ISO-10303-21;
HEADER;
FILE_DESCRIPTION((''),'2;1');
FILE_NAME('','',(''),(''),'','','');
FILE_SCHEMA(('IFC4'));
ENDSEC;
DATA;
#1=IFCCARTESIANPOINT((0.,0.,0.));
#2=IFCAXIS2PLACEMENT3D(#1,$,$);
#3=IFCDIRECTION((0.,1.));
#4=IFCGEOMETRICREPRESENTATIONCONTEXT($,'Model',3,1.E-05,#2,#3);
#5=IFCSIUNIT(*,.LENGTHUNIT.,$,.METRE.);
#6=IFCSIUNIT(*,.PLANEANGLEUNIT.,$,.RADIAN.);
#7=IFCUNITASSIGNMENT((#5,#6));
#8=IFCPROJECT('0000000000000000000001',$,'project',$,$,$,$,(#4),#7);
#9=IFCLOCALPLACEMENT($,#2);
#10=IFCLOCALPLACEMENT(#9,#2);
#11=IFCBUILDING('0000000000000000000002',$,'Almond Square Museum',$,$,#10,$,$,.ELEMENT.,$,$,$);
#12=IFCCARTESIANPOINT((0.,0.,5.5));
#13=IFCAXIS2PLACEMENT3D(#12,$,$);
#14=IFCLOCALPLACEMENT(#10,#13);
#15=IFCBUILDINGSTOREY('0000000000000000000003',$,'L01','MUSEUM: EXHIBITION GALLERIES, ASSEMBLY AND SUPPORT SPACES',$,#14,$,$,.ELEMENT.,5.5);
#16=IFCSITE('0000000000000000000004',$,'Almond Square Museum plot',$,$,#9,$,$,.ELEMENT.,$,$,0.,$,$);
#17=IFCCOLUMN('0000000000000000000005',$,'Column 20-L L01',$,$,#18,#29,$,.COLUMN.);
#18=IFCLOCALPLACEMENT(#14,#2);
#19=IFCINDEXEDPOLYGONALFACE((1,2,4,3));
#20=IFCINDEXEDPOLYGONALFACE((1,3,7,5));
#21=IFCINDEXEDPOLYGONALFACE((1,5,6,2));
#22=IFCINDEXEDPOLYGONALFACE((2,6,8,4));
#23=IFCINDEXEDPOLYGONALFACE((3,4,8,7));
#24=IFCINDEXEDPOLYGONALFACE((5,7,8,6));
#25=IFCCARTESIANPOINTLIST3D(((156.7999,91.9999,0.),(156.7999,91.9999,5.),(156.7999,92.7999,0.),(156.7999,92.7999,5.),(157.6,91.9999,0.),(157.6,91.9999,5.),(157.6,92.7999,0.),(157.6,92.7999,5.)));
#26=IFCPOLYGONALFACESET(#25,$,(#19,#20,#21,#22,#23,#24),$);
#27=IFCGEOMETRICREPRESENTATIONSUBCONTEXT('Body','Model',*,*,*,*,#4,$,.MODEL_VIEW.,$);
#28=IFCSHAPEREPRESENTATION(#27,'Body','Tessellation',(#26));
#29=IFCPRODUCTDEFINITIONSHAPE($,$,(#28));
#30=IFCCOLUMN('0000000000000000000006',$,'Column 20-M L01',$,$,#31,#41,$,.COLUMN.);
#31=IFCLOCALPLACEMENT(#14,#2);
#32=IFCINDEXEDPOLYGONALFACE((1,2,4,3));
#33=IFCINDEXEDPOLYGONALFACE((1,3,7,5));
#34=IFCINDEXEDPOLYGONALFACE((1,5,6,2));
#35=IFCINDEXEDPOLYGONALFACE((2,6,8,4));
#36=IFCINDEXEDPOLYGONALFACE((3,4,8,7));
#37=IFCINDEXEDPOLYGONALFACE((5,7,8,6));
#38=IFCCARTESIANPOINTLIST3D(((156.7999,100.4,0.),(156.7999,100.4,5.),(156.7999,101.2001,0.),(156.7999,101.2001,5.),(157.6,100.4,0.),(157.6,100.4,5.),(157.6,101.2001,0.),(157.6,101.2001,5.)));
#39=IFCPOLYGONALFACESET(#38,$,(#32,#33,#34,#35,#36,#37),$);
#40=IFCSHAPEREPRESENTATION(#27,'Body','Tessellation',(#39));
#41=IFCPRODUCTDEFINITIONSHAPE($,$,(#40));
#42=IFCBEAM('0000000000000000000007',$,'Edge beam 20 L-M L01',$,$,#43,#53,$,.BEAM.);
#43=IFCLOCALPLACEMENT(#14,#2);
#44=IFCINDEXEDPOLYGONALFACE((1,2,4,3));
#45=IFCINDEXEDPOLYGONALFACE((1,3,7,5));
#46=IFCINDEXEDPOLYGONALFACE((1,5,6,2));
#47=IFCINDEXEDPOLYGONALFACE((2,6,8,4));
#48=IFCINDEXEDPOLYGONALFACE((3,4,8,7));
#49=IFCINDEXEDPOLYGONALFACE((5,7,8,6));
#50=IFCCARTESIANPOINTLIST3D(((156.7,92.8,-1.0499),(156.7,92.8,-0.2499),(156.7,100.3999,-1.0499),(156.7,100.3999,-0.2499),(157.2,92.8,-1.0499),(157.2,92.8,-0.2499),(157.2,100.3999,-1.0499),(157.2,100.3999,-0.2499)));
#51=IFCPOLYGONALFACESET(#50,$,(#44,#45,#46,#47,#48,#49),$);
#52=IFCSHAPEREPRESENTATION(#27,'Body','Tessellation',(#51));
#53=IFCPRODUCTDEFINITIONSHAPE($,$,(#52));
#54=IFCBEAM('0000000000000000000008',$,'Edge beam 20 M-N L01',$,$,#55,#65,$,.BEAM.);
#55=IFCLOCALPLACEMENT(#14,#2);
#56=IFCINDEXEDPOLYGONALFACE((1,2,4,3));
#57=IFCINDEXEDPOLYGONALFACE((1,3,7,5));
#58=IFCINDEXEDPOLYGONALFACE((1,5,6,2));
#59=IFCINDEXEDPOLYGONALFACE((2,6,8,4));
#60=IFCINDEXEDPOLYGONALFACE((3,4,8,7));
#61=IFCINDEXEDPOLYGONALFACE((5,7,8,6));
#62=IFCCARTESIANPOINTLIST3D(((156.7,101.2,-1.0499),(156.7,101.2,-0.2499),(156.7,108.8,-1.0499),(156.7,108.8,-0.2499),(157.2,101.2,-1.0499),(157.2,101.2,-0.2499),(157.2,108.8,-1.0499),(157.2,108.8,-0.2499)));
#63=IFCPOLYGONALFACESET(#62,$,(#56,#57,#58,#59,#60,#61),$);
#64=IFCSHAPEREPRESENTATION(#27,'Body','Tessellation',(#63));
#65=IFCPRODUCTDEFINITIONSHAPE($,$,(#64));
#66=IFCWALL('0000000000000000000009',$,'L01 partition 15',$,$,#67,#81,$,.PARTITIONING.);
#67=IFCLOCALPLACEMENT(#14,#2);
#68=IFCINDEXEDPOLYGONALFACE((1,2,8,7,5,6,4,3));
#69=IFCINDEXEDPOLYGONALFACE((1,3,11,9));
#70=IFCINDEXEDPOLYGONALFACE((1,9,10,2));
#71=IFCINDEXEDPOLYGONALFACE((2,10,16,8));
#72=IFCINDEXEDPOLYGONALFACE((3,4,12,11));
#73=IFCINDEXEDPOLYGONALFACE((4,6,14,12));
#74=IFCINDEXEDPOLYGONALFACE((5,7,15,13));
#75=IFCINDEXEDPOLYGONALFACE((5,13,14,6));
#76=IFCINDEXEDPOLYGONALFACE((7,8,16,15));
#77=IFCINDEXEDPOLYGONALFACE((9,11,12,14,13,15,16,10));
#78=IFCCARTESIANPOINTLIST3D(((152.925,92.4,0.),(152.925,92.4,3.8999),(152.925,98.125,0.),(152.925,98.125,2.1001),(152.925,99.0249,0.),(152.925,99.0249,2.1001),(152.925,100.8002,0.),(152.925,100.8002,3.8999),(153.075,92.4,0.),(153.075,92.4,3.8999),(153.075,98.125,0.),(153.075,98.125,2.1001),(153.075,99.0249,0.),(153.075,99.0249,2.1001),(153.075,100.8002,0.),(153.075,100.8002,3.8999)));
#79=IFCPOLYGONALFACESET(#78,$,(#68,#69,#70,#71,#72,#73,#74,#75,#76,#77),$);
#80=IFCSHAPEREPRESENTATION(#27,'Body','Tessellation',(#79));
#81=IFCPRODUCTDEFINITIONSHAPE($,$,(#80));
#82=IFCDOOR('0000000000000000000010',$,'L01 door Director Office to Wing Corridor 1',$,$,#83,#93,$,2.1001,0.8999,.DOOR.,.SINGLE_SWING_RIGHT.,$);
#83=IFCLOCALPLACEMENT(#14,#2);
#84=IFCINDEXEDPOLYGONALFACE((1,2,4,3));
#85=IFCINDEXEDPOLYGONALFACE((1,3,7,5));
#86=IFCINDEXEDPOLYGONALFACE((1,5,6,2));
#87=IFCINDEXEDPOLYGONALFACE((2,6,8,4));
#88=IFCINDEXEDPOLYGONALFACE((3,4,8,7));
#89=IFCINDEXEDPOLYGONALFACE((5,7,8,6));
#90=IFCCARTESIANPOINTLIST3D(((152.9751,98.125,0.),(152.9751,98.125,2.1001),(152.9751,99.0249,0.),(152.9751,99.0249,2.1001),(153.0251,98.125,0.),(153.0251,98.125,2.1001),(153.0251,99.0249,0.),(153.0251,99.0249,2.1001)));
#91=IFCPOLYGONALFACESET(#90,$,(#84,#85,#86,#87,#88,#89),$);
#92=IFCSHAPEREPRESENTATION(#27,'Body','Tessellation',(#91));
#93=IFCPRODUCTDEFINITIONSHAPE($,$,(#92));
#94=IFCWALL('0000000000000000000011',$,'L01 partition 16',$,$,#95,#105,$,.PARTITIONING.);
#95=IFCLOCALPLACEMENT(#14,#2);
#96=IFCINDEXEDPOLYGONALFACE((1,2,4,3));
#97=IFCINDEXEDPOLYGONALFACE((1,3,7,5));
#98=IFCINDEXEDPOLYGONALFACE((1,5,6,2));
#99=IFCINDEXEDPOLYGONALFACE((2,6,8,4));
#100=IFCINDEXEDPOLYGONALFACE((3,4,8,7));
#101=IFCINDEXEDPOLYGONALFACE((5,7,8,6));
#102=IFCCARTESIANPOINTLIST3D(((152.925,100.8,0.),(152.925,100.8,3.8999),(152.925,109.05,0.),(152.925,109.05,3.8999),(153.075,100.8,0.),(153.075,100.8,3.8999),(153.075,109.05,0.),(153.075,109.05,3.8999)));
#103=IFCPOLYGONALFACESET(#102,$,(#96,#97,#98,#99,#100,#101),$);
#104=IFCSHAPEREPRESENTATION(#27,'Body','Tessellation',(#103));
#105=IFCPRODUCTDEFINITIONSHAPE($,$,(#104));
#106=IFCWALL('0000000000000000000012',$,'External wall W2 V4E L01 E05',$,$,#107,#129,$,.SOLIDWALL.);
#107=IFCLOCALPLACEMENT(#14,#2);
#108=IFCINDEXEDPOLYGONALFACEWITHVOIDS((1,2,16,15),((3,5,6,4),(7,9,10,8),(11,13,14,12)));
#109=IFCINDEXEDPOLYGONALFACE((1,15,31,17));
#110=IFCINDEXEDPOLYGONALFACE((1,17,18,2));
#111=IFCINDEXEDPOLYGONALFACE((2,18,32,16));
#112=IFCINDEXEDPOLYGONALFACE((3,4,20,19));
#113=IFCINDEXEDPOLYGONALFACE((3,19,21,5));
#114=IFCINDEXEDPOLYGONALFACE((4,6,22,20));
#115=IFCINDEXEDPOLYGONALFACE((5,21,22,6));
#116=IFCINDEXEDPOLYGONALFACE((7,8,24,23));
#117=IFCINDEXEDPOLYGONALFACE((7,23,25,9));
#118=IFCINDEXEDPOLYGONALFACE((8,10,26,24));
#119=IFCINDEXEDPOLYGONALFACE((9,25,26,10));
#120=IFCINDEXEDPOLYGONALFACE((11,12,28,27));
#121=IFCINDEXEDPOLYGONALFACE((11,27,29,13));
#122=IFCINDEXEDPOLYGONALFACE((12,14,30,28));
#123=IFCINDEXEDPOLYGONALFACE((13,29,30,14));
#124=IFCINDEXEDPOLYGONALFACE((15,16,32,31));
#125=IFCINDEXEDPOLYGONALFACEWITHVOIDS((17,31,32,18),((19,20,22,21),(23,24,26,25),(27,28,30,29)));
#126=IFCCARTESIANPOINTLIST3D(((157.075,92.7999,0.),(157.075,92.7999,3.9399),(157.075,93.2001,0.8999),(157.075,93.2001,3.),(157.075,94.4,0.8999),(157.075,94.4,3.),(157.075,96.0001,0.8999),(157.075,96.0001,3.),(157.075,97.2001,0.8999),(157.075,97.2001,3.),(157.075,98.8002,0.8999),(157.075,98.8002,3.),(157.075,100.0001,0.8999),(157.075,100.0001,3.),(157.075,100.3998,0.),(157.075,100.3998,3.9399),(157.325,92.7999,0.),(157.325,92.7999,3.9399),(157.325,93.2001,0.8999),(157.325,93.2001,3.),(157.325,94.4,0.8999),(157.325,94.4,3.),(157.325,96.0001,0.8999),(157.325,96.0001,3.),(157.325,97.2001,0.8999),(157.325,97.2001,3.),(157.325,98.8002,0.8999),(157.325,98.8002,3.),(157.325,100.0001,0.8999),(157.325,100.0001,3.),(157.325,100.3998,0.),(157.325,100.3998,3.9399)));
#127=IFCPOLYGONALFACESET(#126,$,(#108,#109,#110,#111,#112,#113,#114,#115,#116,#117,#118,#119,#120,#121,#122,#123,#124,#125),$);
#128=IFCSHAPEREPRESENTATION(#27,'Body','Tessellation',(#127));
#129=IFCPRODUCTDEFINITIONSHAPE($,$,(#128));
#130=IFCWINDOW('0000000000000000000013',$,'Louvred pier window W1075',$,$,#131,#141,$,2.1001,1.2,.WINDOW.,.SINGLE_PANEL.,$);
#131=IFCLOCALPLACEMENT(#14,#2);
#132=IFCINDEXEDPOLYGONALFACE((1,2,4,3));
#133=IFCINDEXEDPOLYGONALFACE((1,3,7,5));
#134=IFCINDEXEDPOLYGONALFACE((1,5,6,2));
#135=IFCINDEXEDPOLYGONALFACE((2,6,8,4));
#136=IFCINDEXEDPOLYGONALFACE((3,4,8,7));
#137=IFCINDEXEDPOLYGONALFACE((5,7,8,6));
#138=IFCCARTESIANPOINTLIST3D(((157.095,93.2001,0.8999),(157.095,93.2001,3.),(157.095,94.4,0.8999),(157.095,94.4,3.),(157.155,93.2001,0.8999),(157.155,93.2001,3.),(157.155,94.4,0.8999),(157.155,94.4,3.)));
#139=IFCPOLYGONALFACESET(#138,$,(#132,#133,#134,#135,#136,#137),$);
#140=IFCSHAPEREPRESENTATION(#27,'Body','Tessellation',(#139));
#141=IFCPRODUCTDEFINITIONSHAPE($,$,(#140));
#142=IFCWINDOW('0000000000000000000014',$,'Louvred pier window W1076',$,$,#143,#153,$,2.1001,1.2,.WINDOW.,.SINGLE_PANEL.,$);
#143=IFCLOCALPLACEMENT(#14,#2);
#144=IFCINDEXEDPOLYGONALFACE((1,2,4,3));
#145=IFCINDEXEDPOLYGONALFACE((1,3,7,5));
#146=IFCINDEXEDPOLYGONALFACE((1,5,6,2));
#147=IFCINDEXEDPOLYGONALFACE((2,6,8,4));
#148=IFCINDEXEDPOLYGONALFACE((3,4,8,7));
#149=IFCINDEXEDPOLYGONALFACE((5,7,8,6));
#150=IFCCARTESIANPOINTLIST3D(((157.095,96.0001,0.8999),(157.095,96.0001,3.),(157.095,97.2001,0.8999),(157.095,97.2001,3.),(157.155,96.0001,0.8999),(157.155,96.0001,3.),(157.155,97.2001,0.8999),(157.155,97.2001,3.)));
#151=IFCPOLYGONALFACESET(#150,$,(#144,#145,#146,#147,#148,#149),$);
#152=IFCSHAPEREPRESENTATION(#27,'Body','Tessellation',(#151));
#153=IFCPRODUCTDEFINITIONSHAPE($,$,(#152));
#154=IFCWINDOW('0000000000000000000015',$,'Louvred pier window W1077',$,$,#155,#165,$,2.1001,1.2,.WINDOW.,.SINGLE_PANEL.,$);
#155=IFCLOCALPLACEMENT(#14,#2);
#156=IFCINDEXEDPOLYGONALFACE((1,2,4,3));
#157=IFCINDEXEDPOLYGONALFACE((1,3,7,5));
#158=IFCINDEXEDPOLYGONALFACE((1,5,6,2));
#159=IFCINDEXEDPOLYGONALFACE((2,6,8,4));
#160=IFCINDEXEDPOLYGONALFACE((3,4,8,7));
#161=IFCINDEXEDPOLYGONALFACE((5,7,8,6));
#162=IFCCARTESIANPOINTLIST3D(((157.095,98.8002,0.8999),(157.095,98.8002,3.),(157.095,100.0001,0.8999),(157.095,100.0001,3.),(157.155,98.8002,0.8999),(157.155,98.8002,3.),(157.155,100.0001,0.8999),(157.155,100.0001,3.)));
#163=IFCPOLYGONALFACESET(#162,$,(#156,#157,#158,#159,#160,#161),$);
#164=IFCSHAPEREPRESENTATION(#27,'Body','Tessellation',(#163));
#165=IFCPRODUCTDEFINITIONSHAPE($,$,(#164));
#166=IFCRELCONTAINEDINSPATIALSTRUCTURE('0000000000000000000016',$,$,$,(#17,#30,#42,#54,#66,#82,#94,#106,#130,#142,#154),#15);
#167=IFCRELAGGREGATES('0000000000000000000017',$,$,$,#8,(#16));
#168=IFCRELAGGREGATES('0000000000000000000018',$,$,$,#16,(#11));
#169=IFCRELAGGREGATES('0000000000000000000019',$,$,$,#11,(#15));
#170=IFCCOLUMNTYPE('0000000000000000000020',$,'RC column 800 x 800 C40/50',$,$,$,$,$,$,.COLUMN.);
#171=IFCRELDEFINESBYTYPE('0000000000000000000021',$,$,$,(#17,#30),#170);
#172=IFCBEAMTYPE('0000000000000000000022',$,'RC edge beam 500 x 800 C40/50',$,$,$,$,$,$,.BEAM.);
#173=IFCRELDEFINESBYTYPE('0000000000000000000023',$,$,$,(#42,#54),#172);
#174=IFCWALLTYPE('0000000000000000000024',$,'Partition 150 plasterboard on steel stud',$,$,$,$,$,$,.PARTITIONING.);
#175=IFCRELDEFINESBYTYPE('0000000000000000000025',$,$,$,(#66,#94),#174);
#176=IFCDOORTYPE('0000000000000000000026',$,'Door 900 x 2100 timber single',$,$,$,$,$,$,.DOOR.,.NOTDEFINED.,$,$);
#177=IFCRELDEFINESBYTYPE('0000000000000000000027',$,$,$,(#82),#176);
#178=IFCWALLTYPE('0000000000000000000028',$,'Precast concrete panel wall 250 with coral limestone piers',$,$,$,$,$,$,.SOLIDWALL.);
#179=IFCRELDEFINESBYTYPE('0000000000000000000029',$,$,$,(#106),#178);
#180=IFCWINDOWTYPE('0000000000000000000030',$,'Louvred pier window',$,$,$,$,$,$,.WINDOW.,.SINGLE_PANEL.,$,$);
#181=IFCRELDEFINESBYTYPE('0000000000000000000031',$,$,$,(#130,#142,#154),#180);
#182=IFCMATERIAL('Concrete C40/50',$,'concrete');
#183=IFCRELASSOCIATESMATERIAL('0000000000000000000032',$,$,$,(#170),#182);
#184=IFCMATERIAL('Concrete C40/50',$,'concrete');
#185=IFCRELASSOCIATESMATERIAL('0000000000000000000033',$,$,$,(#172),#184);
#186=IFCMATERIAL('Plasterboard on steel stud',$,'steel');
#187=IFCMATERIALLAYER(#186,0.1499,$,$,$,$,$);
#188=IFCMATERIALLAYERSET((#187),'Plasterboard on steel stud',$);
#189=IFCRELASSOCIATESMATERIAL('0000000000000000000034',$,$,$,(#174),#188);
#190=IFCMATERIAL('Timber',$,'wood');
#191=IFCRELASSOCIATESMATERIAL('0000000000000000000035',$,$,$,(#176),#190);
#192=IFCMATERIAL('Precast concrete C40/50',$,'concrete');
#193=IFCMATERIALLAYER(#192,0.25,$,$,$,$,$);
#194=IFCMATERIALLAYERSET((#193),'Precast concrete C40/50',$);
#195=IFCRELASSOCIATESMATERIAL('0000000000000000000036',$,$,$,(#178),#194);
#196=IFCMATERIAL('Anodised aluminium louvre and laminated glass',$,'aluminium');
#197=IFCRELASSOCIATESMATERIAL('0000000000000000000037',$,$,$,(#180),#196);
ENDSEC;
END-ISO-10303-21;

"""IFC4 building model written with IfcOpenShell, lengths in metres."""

from ifc_helpers import new_model, si_unit, direction, frame, frame_2d, origin, origin_2d, place, context, subcontext, project, spatial, rectangle, extrude, material, layer, layer_set, material_profile, profile_set, type_object, element, fill, save


model = new_model("IFC4")

# Units and contexts
model_context = context("Model", 3, precision=1e-05, world=origin(), true_north=direction((0.0, 1.0)))
body_context = subcontext(model_context, "Body", "Model", "MODEL_VIEW")
ifc_project = project(units=[si_unit("LENGTHUNIT", "METRE"), si_unit("PLANEANGLEUNIT", "RADIAN")], contexts=[model_context])

# Site, building, storey
site_placement = place(None, origin())
site = spatial("IfcSite", under=ifc_project, at=site_placement, Name="Almond Square Museum plot", CompositionType="ELEMENT", RefElevation=0.0)
building_placement = place(site_placement, origin())
building = spatial("IfcBuilding", under=site, at=building_placement, Name="Almond Square Museum", CompositionType="ELEMENT")
storey_placement = place(building_placement, frame((0.0, 0.0, 5.5)))
storey = spatial("IfcBuildingStorey", under=building, at=storey_placement, Name="L01", Description="MUSEUM: EXHIBITION GALLERIES, ASSEMBLY AND SUPPORT SPACES", CompositionType="ELEMENT", Elevation=5.5)

# Columns
ifc_material_1 = material(Name="Concrete C40/50", Category="concrete")
ifc_material_profile_1 = material_profile(ifc_material_1, rectangle(XDim=0.8, YDim=0.8, at=origin_2d()))
ifc_profile_set_1 = profile_set([ifc_material_profile_1], Name="Concrete C40/50")
column_type = type_object("IfcColumnType", Name="RC column 800 x 800 C40/50", PredefinedType="COLUMN", material=ifc_profile_set_1)
for number, where, z_axis, x_axis, name in (
    (1, (157.2, 92.3999, 0.0), (0.0, 0.0, 1.0), (1.0, 0.0, 0.0), "Column 20-L L01"),
    (2, (157.2, 100.8, 0.0), (0.0, 0.0, 1.0), (1.0, 0.0, 0.0), "Column 20-M L01"),
):
    element("IfcColumn", number, at=place(storey_placement, frame(where, z_axis=z_axis, x_axis=x_axis)), inside=storey, type_object=column_type, Name=name, PredefinedType="COLUMN", context=body_context, shape_type="SweptSolid", body=[
        extrude(rectangle(XDim=0.8, YDim=0.8, at=origin_2d()), origin(), (0.0, 0.0, 1.0), 5.0),
    ])

# Beams
ifc_material_2 = material(Name="Concrete C40/50", Category="concrete")
ifc_material_profile_2 = material_profile(ifc_material_2, rectangle(XDim=0.5, YDim=0.8, at=origin_2d()))
ifc_profile_set_2 = profile_set([ifc_material_profile_2], Name="Concrete C40/50")
beam_type = type_object("IfcBeamType", Name="RC edge beam 500 x 800 C40/50", PredefinedType="BEAM", material=ifc_profile_set_2)
beam_1_placement = place(storey_placement, frame((156.95, 92.8, -0.6499), z_axis=(0.0, 1.0, 0.0), x_axis=(-1.0, 0.0, 0.0)))
element("IfcBeam", 3, at=beam_1_placement, inside=storey, type_object=beam_type, Name="Edge beam 20 L-M L01", PredefinedType="BEAM", context=body_context, shape_type="SweptSolid", body=[
    extrude(rectangle(XDim=0.5, YDim=0.8, at=origin_2d()), origin(), (0.0, 0.0, 1.0), 7.5999),
])
beam_2_placement = place(storey_placement, frame((156.95, 101.2, -0.6499), z_axis=(0.0, 1.0, 0.0), x_axis=(-1.0, 0.0, 0.0)))
element("IfcBeam", 4, at=beam_2_placement, inside=storey, type_object=beam_type, Name="Edge beam 20 M-N L01", PredefinedType="BEAM", context=body_context, shape_type="SweptSolid", body=[
    extrude(rectangle(XDim=0.5, YDim=0.8, at=origin_2d()), origin(), (0.0, 0.0, 1.0), 7.6001),
])

# Wall, opening, door
ifc_material_3 = material(Name="Plasterboard on steel stud", Category="steel")
ifc_layer_1 = layer(ifc_material_3, 0.1499)
ifc_layer_set_1 = layer_set([ifc_layer_1], Name="Plasterboard on steel stud")
wall_type_1 = type_object("IfcWallType", Name="Partition 150 plasterboard on steel stud", PredefinedType="PARTITIONING", material=ifc_layer_set_1)
wall_1_placement = place(storey_placement, frame((153.0, 92.3999, 0.0), z_axis=(0.0, 0.0, 1.0), x_axis=(0.0, 1.0, 0.0)))
wall_1 = element("IfcWall", 5, at=wall_1_placement, inside=storey, type_object=wall_type_1, Name="L01 partition 15", PredefinedType="PARTITIONING", context=body_context, shape_type="SweptSolid", body=[
    extrude(rectangle(XDim=8.4001, YDim=0.1499, at=frame_2d((4.2002, 0.0))), origin(), (0.0, 0.0, 1.0), 3.8999),
])
opening_1_placement = place(wall_1_placement, frame((5.7251, 0.0, 0.0)))
opening_1 = element("IfcOpeningElement", 6, at=opening_1_placement, cuts=wall_1, PredefinedType="OPENING", context=body_context, shape_type="SweptSolid", body=[
    extrude(rectangle(XDim=0.8999, YDim=2.1001, at=frame_2d((0.45, 1.05))), frame((0.0, 0.085, 0.0), z_axis=(0.0, -1.0, 0.0), x_axis=(1.0, 0.0, 0.0)), (0.0, 0.0, 1.0), 0.1699),
])
ifc_material_4 = material(Name="Timber", Category="wood")
door_type = type_object("IfcDoorType", Name="Door 900 x 2100 timber single", OperationType="NOTDEFINED", PredefinedType="DOOR", material=ifc_material_4)
door_placement = place(opening_1_placement, origin())
door = element("IfcDoor", 7, at=door_placement, inside=storey, type_object=door_type, Name="L01 door Director Office to Wing Corridor 1", OperationType="SINGLE_SWING_RIGHT", OverallHeight=2.1001, OverallWidth=0.8999, PredefinedType="DOOR", context=body_context, shape_type="SweptSolid", body=[
    extrude(rectangle(XDim=0.8999, YDim=2.1001, at=frame_2d((0.45, 1.05))), frame((0.0, 0.0249, 0.0), z_axis=(0.0, -1.0, 0.0), x_axis=(1.0, 0.0, 0.0)), (0.0, 0.0, 1.0), 0.05),
])
fill(opening_1, door)

# Wall
wall_2_placement = place(storey_placement, frame((153.0, 100.8, 0.0), z_axis=(0.0, 0.0, 1.0), x_axis=(0.0, 1.0, 0.0)))
element("IfcWall", 8, at=wall_2_placement, inside=storey, type_object=wall_type_1, Name="L01 partition 16", PredefinedType="PARTITIONING", context=body_context, shape_type="SweptSolid", body=[
    extrude(rectangle(XDim=8.25, YDim=0.1499, at=frame_2d((4.125, 0.0))), origin(), (0.0, 0.0, 1.0), 3.8999),
])

# Wall, openings, windows
ifc_material_5 = material(Name="Precast concrete C40/50", Category="concrete")
ifc_layer_2 = layer(ifc_material_5, 0.25)
ifc_layer_set_2 = layer_set([ifc_layer_2], Name="Precast concrete C40/50")
wall_type_2 = type_object("IfcWallType", Name="Precast concrete panel wall 250 with coral limestone piers", PredefinedType="SOLIDWALL", material=ifc_layer_set_2)
wall_3_placement = place(storey_placement, frame((157.2, 92.8, 0.0), z_axis=(0.0, 0.0, 1.0), x_axis=(0.0, 1.0, 0.0)))
wall_3 = element("IfcWall", 9, at=wall_3_placement, inside=storey, type_object=wall_type_2, Name="External wall W2 V4E L01 E05", PredefinedType="SOLIDWALL", context=body_context, shape_type="SweptSolid", body=[
    extrude(rectangle(XDim=7.5999, YDim=0.25, at=frame_2d((3.7998, 0.0))), origin(), (0.0, 0.0, 1.0), 3.9399),
])
opening_2_placement = place(wall_3_placement, frame((0.3999, 0.0, 0.8999)))
opening_2 = element("IfcOpeningElement", 10, at=opening_2_placement, cuts=wall_3, PredefinedType="OPENING", context=body_context, shape_type="SweptSolid", body=[
    extrude(rectangle(XDim=1.2, YDim=2.1001, at=frame_2d((0.6001, 1.05))), frame((0.0, 0.135, 0.0), z_axis=(0.0, -1.0, 0.0), x_axis=(1.0, 0.0, 0.0)), (0.0, 0.0, 1.0), 0.27),
])
opening_3_placement = place(wall_3_placement, frame((3.2, 0.0, 0.8999)))
opening_3 = element("IfcOpeningElement", 11, at=opening_3_placement, cuts=wall_3, PredefinedType="OPENING", context=body_context, shape_type="SweptSolid", body=[
    extrude(rectangle(XDim=1.2, YDim=2.1001, at=frame_2d((0.6001, 1.05))), frame((0.0, 0.135, 0.0), z_axis=(0.0, -1.0, 0.0), x_axis=(1.0, 0.0, 0.0)), (0.0, 0.0, 1.0), 0.27),
])
opening_4_placement = place(wall_3_placement, frame((6.0, 0.0, 0.8999)))
opening_4 = element("IfcOpeningElement", 12, at=opening_4_placement, cuts=wall_3, PredefinedType="OPENING", context=body_context, shape_type="SweptSolid", body=[
    extrude(rectangle(XDim=1.2, YDim=2.1001, at=frame_2d((0.6001, 1.05))), frame((0.0, 0.135, 0.0), z_axis=(0.0, -1.0, 0.0), x_axis=(1.0, 0.0, 0.0)), (0.0, 0.0, 1.0), 0.27),
])
ifc_material_6 = material(Name="Anodised aluminium louvre and laminated glass", Category="aluminium")
window_type = type_object("IfcWindowType", Name="Louvred pier window", PartitioningType="SINGLE_PANEL", PredefinedType="WINDOW", material=ifc_material_6)
window_1_placement = place(opening_2_placement, origin())
window_1 = element("IfcWindow", 13, at=window_1_placement, inside=storey, type_object=window_type, Name="Louvred pier window W1075", OverallHeight=2.1001, OverallWidth=1.2, PartitioningType="SINGLE_PANEL", PredefinedType="WINDOW", context=body_context, shape_type="SweptSolid", body=[
    extrude(rectangle(XDim=1.2, YDim=2.1001, at=frame_2d((0.6001, 1.05))), frame((0.0, 0.105, 0.0), z_axis=(0.0, -1.0, 0.0), x_axis=(1.0, 0.0, 0.0)), (0.0, 0.0, 1.0), 0.0601),
])
fill(opening_2, window_1)
window_2_placement = place(opening_3_placement, origin())
window_2 = element("IfcWindow", 14, at=window_2_placement, inside=storey, type_object=window_type, Name="Louvred pier window W1076", OverallHeight=2.1001, OverallWidth=1.2, PartitioningType="SINGLE_PANEL", PredefinedType="WINDOW", context=body_context, shape_type="SweptSolid", body=[
    extrude(rectangle(XDim=1.2, YDim=2.1001, at=frame_2d((0.6001, 1.05))), frame((0.0, 0.105, 0.0), z_axis=(0.0, -1.0, 0.0), x_axis=(1.0, 0.0, 0.0)), (0.0, 0.0, 1.0), 0.0601),
])
fill(opening_3, window_2)
window_3_placement = place(opening_4_placement, origin())
window_3 = element("IfcWindow", 15, at=window_3_placement, inside=storey, type_object=window_type, Name="Louvred pier window W1077", OverallHeight=2.1001, OverallWidth=1.2, PartitioningType="SINGLE_PANEL", PredefinedType="WINDOW", context=body_context, shape_type="SweptSolid", body=[
    extrude(rectangle(XDim=1.2, YDim=2.1001, at=frame_2d((0.6001, 1.05))), frame((0.0, 0.105, 0.0), z_axis=(0.0, -1.0, 0.0), x_axis=(1.0, 0.0, 0.0)), (0.0, 0.0, 1.0), 0.0601),
])
fill(opening_4, window_3)

save(model, "model.ifc")
